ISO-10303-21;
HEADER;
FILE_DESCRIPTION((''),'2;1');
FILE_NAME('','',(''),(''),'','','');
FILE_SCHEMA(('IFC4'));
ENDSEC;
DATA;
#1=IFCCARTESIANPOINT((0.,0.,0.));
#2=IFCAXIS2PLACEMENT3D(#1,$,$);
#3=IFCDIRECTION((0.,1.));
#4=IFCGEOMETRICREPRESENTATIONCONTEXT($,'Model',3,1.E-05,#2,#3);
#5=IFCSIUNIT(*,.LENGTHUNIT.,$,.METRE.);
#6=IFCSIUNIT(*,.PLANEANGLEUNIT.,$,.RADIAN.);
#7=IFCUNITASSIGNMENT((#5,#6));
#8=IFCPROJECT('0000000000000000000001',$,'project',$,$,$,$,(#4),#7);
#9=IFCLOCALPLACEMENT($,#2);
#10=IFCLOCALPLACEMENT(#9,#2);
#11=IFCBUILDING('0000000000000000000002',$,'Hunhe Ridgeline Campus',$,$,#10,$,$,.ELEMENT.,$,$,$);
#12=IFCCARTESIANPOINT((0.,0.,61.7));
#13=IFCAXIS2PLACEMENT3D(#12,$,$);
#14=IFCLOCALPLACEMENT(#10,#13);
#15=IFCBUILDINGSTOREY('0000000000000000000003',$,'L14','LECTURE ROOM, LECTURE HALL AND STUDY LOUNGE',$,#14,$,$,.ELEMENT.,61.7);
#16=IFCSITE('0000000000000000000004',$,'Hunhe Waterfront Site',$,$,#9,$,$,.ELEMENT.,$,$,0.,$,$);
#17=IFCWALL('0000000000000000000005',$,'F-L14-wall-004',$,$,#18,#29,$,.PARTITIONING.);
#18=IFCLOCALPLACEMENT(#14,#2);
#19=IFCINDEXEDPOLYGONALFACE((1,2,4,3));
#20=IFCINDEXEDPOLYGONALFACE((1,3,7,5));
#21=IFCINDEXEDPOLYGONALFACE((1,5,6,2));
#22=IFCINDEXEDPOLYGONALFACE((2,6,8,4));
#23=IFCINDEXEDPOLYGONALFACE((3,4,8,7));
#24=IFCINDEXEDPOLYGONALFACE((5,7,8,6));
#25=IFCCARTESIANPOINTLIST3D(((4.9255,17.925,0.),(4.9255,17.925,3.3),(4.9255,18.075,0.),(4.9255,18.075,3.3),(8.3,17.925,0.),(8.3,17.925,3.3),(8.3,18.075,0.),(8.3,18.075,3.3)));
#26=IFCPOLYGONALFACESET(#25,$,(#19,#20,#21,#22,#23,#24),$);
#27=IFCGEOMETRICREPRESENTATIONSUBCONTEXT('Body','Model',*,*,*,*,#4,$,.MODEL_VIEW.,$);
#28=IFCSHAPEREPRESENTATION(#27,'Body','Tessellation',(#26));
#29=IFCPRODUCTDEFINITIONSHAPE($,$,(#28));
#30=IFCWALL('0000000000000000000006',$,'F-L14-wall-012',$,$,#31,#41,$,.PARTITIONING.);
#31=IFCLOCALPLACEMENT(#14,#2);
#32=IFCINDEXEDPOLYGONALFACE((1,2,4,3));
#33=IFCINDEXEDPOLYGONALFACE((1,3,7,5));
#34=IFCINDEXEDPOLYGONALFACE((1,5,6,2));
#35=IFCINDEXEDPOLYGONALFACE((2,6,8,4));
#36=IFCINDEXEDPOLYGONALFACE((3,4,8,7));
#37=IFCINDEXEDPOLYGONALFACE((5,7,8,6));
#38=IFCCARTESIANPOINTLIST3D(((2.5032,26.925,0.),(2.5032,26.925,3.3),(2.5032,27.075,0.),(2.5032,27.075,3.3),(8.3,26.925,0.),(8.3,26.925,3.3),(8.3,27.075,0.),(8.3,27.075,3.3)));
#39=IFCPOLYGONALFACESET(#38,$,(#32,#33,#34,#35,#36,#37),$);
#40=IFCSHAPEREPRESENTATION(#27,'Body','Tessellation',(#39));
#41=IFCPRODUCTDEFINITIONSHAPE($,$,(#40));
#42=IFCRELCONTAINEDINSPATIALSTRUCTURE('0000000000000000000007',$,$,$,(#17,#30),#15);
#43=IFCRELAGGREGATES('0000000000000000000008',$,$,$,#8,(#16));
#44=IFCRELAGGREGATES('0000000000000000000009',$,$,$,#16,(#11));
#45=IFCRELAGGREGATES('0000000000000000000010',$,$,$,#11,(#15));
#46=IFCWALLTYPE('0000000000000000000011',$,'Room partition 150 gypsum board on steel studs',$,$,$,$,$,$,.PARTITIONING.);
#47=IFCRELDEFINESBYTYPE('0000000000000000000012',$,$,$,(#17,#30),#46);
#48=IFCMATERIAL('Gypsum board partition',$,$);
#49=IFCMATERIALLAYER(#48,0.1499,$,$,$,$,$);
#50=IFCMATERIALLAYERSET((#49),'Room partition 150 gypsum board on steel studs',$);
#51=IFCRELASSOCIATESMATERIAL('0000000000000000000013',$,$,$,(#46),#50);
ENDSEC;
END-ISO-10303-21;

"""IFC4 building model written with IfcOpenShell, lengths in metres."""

from ifc_helpers import new_model, si_unit, direction, frame, frame_2d, origin, place, context, subcontext, project, spatial, rectangle, extrude, material, layer, layer_set, type_object, element, save


model = new_model("IFC4")

# Units and contexts
model_context = context("Model", 3, precision=1e-05, world=origin(), true_north=direction((0.0, 1.0)))
body_context = subcontext(model_context, "Body", "Model", "MODEL_VIEW")
ifc_project = project(units=[si_unit("LENGTHUNIT", "METRE"), si_unit("PLANEANGLEUNIT", "RADIAN")], contexts=[model_context])

# Site, building, storey
site_placement = place(None, origin())
site = spatial("IfcSite", under=ifc_project, at=site_placement, Name="Hunhe Waterfront Site", CompositionType="ELEMENT", RefElevation=0.0)
building_placement = place(site_placement, origin())
building = spatial("IfcBuilding", under=site, at=building_placement, Name="Hunhe Ridgeline Campus", CompositionType="ELEMENT")
storey_placement = place(building_placement, frame((0.0, 0.0, 61.7)))
storey = spatial("IfcBuildingStorey", under=building, at=storey_placement, Name="L14", Description="LECTURE ROOM, LECTURE HALL AND STUDY LOUNGE", CompositionType="ELEMENT", Elevation=61.7)

# Walls
ifc_material_1 = material(Name="Gypsum board partition")
ifc_layer_1 = layer(ifc_material_1, 0.1499)
ifc_layer_set_1 = layer_set([ifc_layer_1], Name="Room partition 150 gypsum board on steel studs")
wall_type_1 = type_object("IfcWallType", Name="Room partition 150 gypsum board on steel studs", PredefinedType="PARTITIONING", material=ifc_layer_set_1)
wall_1_placement = place(storey_placement, frame((4.9255, 18.0, 0.0), z_axis=(0.0, 0.0, 1.0), x_axis=(1.0, 0.0, 0.0)))
element("IfcWall", 1, at=wall_1_placement, inside=storey, type_object=wall_type_1, Name="F-L14-wall-004", PredefinedType="PARTITIONING", context=body_context, shape_type="SweptSolid", body=[
    extrude(rectangle(XDim=3.3745, YDim=0.1499, at=frame_2d((1.6873, 0.0))), origin(), (0.0, 0.0, 1.0), 3.3),
])
wall_2_placement = place(storey_placement, frame((2.5032, 27.0, 0.0), z_axis=(0.0, 0.0, 1.0), x_axis=(1.0, 0.0, 0.0)))
element("IfcWall", 2, at=wall_2_placement, inside=storey, type_object=wall_type_1, Name="F-L14-wall-012", PredefinedType="PARTITIONING", context=body_context, shape_type="SweptSolid", body=[
    extrude(rectangle(XDim=5.7969, YDim=0.1499, at=frame_2d((2.8984, 0.0))), origin(), (0.0, 0.0, 1.0), 3.3),
])

save(model, "model.ifc")
